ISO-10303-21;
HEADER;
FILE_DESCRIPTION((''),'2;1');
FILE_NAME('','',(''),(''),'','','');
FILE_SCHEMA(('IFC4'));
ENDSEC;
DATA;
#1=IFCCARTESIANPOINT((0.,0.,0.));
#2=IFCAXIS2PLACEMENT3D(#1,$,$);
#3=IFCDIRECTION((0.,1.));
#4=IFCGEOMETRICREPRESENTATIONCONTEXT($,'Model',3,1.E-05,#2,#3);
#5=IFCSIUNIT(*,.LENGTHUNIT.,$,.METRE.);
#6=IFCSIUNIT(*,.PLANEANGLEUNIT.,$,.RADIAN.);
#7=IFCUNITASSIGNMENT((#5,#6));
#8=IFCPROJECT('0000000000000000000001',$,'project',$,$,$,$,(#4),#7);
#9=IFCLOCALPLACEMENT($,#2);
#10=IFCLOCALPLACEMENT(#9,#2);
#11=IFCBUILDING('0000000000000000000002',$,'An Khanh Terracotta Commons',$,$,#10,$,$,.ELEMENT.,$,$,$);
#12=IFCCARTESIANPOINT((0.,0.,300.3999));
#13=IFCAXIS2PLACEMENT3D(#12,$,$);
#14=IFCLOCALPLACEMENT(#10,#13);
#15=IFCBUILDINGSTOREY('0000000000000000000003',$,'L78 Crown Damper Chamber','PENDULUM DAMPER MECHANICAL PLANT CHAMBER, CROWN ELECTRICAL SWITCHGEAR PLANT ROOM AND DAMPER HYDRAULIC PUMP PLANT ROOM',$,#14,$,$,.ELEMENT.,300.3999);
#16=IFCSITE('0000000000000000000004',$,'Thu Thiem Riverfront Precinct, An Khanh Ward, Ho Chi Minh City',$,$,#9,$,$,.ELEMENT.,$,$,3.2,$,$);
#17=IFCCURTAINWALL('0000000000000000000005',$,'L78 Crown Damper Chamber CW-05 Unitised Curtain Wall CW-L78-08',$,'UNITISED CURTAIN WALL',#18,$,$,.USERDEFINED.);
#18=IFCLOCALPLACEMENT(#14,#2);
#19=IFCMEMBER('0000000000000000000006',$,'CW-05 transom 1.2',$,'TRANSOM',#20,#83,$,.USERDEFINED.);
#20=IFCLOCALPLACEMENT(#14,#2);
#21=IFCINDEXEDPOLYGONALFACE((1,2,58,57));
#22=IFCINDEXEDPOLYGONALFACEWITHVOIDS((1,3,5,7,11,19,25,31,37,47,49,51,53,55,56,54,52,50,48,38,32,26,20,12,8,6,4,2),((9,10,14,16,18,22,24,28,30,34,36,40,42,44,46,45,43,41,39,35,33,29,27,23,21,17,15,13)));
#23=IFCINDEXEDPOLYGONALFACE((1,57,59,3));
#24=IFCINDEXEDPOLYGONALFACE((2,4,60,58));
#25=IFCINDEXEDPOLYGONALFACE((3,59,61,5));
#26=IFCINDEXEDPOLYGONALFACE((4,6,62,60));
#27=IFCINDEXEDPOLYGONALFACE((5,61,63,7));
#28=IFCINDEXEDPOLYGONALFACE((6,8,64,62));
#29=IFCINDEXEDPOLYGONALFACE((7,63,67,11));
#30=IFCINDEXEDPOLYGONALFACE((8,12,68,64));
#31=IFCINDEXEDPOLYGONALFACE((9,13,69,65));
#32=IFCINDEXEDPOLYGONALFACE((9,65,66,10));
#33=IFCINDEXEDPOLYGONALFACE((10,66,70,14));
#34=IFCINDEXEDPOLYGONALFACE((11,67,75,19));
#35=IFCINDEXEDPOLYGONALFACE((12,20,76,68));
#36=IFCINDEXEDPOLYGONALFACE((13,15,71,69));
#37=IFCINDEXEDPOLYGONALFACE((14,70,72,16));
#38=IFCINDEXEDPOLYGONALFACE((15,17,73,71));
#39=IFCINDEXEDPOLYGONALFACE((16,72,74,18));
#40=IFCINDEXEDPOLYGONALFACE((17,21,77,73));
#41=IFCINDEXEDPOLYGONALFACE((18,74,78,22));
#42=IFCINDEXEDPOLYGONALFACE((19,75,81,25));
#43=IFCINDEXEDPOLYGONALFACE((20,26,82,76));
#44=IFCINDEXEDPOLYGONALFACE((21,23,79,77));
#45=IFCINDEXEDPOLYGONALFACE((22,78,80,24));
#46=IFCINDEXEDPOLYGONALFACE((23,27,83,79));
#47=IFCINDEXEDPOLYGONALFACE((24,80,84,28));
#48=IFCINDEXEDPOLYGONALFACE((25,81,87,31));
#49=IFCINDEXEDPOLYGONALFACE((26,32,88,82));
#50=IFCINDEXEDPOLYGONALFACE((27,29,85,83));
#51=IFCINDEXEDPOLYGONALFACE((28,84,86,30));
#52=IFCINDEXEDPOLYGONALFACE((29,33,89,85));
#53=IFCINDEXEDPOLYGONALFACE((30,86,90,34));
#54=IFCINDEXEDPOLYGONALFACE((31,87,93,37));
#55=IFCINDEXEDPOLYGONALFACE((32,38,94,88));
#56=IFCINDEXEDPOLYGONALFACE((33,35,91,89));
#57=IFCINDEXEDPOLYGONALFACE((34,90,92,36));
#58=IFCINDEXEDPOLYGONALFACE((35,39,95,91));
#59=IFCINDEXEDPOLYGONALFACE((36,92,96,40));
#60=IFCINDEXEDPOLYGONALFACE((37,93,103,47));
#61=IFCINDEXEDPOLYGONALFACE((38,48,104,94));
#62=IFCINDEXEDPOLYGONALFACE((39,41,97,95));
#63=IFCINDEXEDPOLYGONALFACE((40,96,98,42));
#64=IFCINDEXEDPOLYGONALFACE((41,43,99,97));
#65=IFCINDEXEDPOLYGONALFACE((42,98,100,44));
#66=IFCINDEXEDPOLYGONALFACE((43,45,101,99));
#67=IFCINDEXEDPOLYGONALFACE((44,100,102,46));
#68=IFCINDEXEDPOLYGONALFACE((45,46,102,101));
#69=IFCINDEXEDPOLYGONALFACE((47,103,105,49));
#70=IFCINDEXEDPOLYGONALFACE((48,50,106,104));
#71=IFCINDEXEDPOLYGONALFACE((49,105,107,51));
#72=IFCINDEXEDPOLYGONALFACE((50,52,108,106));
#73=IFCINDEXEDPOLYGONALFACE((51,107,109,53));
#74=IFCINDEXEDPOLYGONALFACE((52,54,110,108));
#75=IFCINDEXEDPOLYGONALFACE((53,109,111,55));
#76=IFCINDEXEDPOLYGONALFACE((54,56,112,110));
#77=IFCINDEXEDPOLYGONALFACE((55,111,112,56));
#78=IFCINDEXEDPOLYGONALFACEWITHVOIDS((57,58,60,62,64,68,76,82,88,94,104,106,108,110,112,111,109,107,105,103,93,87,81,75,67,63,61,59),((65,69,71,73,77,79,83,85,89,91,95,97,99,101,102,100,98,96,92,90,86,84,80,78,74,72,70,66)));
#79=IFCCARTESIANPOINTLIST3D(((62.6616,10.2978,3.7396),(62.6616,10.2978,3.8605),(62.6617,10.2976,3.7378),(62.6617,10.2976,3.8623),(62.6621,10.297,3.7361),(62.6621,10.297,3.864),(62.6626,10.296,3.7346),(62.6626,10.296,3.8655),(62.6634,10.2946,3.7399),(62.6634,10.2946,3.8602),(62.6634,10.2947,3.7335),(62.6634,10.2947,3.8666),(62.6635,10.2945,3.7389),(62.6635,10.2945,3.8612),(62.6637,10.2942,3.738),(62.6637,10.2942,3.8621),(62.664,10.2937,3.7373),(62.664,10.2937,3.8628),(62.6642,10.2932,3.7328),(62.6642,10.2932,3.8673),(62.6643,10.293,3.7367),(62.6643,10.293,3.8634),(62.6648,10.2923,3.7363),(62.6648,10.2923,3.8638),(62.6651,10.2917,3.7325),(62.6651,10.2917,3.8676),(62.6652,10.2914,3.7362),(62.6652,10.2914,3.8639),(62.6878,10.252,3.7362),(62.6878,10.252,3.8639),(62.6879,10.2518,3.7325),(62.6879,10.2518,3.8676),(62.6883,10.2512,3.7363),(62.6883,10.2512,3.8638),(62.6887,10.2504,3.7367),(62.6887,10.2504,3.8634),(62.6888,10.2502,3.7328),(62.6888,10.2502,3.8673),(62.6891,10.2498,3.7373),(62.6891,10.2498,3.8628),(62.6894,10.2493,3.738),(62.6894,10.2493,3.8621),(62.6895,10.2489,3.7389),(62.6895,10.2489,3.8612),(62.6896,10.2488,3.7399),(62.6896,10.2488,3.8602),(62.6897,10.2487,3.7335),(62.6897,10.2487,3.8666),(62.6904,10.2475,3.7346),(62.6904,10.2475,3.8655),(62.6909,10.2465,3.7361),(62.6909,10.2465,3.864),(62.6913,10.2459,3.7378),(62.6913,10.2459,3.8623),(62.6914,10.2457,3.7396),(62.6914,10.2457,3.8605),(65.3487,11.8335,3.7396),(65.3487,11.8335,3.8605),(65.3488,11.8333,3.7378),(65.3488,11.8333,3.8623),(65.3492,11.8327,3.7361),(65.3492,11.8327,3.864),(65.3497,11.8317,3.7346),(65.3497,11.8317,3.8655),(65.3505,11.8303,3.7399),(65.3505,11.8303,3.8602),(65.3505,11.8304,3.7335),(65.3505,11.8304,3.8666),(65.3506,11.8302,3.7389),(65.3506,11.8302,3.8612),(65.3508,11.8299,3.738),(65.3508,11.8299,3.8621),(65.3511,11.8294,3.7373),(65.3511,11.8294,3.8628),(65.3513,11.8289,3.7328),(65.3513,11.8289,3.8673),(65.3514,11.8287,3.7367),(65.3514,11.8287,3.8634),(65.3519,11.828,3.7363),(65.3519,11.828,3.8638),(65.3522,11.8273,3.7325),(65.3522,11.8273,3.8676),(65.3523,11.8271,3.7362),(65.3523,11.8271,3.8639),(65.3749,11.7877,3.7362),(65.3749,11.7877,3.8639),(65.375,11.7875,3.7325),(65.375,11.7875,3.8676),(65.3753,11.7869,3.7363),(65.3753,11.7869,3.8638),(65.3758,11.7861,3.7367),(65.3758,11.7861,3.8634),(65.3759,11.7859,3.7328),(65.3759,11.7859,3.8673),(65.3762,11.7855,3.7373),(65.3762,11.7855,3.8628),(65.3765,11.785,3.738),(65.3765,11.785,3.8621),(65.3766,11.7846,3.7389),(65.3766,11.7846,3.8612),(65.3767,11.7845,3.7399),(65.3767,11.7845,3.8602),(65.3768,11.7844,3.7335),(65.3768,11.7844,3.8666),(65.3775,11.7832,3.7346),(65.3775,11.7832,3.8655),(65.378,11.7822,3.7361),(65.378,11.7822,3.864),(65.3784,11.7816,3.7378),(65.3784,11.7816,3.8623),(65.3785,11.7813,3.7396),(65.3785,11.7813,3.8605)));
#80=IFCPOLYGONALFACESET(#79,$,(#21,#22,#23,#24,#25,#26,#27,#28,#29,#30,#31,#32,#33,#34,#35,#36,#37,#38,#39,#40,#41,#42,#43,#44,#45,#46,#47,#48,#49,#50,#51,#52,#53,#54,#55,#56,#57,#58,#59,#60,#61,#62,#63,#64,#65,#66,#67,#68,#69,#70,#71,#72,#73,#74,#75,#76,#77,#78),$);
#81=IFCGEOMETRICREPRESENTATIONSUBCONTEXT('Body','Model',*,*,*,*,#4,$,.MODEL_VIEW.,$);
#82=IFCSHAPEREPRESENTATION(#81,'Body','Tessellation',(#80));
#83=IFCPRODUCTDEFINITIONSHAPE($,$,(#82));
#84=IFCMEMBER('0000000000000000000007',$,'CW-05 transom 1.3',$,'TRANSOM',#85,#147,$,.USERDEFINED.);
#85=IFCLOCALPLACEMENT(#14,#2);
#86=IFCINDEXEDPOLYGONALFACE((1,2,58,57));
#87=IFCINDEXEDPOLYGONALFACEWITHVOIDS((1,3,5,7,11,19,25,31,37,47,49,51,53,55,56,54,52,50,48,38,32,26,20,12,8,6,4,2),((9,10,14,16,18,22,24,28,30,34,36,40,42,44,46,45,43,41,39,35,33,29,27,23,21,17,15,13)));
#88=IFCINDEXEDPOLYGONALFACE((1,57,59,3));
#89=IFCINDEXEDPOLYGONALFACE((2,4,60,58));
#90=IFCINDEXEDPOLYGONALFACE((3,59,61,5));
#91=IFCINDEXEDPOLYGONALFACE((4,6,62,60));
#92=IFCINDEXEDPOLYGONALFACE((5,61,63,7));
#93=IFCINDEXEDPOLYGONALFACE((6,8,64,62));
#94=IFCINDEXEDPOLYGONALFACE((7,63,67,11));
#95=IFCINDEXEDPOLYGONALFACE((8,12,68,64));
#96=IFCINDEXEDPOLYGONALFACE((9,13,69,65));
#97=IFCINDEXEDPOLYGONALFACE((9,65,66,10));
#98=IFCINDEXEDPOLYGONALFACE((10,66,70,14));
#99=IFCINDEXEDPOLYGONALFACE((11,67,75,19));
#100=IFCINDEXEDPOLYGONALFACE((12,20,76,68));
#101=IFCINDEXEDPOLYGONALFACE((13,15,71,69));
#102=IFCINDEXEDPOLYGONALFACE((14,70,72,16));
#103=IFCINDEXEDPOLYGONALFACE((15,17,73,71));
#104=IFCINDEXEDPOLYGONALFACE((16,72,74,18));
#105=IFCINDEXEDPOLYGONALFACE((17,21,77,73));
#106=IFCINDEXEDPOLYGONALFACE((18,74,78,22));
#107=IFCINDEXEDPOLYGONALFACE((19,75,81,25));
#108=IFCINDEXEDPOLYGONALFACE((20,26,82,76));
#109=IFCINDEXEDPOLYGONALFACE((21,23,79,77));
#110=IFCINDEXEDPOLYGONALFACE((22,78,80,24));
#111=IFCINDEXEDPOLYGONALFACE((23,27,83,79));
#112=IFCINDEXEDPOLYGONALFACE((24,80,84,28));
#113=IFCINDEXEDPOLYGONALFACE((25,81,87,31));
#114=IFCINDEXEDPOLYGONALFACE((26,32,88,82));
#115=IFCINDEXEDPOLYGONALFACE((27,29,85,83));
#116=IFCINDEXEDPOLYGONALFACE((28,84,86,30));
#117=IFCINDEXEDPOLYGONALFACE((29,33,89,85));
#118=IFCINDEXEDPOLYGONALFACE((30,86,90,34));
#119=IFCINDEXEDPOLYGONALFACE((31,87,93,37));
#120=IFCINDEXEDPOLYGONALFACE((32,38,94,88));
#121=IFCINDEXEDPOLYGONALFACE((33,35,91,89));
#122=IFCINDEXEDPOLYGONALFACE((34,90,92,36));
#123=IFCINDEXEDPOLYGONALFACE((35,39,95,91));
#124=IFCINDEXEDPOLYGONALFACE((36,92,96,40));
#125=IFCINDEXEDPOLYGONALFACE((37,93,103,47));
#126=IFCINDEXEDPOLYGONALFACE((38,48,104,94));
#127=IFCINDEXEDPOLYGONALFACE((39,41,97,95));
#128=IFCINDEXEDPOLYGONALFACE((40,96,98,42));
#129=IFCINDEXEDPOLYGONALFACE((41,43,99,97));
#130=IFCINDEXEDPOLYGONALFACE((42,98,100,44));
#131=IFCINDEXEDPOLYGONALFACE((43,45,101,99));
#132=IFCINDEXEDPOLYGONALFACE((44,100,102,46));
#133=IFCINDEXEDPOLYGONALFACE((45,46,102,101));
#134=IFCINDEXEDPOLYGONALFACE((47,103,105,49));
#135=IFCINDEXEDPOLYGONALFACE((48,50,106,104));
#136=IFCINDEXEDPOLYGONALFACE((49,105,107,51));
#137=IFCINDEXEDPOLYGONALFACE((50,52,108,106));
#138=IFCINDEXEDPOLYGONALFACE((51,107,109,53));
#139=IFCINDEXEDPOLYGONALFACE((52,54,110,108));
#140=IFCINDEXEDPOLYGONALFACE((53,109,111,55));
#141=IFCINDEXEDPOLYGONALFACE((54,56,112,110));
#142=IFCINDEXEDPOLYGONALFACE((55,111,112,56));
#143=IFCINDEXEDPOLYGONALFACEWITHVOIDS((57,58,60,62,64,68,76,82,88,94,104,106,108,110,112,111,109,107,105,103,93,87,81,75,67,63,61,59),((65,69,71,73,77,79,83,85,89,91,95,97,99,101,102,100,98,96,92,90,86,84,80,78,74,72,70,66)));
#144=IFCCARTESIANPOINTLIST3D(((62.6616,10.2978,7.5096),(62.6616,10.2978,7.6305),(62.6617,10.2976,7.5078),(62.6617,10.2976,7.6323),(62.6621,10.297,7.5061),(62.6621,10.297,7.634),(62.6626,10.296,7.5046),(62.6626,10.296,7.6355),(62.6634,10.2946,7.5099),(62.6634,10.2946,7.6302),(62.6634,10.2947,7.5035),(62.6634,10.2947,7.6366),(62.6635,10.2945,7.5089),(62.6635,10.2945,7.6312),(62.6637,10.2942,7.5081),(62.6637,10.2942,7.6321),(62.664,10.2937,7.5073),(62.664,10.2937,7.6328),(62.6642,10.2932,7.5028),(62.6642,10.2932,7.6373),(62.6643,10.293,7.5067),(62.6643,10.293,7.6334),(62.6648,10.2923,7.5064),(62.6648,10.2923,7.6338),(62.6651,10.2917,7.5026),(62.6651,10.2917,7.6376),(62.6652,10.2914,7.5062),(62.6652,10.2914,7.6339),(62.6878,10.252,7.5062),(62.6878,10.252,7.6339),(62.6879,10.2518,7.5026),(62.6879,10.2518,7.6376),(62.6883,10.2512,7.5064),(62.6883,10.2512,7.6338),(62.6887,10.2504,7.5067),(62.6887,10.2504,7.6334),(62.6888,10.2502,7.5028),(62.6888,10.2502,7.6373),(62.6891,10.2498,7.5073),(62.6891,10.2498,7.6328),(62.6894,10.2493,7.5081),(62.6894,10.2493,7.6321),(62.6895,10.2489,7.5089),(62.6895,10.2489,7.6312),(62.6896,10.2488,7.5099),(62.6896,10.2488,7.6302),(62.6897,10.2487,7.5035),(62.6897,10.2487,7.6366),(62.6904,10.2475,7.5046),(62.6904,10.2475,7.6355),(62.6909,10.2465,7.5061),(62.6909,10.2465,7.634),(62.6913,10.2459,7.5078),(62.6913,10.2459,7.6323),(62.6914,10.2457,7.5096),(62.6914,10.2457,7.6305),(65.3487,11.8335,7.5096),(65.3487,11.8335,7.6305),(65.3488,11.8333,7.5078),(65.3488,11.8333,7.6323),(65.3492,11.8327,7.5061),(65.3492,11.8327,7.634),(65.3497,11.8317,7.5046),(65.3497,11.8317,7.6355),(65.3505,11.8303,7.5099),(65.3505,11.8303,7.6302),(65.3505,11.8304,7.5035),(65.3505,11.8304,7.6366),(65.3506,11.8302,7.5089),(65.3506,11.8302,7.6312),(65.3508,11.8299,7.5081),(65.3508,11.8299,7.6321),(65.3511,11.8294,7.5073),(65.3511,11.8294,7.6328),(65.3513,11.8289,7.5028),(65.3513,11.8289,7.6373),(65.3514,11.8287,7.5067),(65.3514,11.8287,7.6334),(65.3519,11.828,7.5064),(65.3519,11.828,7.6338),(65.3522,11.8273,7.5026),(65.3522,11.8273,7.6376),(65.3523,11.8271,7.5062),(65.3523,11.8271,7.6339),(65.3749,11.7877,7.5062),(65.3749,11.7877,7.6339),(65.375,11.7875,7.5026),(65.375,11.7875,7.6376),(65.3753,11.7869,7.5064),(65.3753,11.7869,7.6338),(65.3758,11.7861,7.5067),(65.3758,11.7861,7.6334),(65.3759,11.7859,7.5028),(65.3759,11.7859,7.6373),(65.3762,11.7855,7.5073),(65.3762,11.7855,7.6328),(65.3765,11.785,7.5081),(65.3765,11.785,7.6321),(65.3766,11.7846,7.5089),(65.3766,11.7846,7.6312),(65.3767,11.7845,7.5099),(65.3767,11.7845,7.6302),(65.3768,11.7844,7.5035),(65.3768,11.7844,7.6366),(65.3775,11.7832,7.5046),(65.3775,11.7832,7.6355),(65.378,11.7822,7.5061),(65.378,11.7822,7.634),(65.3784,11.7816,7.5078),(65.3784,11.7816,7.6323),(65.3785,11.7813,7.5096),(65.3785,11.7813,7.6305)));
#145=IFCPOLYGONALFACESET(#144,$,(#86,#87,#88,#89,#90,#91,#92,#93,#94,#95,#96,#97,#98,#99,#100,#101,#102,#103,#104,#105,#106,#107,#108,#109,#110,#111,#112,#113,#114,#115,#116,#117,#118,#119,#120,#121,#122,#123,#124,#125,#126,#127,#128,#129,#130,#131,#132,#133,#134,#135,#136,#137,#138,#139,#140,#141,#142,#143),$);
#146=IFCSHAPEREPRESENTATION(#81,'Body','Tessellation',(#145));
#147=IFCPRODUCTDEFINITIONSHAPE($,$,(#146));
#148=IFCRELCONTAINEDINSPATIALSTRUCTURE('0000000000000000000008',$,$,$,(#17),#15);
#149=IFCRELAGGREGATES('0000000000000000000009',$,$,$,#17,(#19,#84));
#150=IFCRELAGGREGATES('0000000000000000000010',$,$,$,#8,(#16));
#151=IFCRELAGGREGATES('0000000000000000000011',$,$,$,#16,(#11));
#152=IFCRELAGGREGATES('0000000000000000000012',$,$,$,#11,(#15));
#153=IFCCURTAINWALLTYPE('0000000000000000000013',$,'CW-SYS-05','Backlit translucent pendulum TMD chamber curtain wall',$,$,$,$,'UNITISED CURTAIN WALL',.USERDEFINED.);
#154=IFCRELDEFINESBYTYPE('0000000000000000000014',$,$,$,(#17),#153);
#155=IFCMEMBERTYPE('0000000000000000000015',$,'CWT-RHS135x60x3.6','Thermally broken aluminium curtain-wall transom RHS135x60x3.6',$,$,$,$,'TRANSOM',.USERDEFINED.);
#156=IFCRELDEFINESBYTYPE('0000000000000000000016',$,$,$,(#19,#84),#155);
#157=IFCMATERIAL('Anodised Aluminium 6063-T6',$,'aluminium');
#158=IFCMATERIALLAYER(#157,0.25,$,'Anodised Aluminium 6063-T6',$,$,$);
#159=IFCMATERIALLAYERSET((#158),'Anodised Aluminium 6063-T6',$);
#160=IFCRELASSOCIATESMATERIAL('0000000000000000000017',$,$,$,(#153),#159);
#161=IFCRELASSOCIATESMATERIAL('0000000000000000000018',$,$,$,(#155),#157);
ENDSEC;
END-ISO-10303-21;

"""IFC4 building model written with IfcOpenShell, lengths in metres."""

from ifc_helpers import new_model, si_unit, direction, frame, origin, origin_2d, place, context, subcontext, project, spatial, hollow_rectangle, extrude, material, layer, layer_set, material_profile, profile_set, type_object, element, aggregate, save


model = new_model("IFC4")

# Units and contexts
model_context = context("Model", 3, precision=1e-05, world=origin(), true_north=direction((0.0, 1.0)))
body_context = subcontext(model_context, "Body", "Model", "MODEL_VIEW")
ifc_project = project(units=[si_unit("LENGTHUNIT", "METRE"), si_unit("PLANEANGLEUNIT", "RADIAN")], contexts=[model_context])

# Site, building, storey
site_placement = place(None, origin())
site = spatial("IfcSite", under=ifc_project, at=site_placement, Name="Thu Thiem Riverfront Precinct, An Khanh Ward, Ho Chi Minh City", CompositionType="ELEMENT", RefElevation=3.2)
building_placement = place(site_placement, origin())
building = spatial("IfcBuilding", under=site, at=building_placement, Name="An Khanh Terracotta Commons", CompositionType="ELEMENT")
storey_placement = place(building_placement, frame((0.0, 0.0, 300.3999)))
storey = spatial("IfcBuildingStorey", under=building, at=storey_placement, Name="L78 Crown Damper Chamber", Description="PENDULUM DAMPER MECHANICAL PLANT CHAMBER, CROWN ELECTRICAL SWITCHGEAR PLANT ROOM AND DAMPER HYDRAULIC PUMP PLANT ROOM", CompositionType="ELEMENT", Elevation=300.3999)

# Shared definitions
ifc_material_1 = material(Name="Anodised Aluminium 6063-T6", Category="aluminium")
ifc_layer_1 = layer(ifc_material_1, 0.25, Name="Anodised Aluminium 6063-T6")
ifc_layer_set_1 = layer_set([ifc_layer_1], Name="Anodised Aluminium 6063-T6")
curtain_wall_type = type_object("IfcCurtainWallType", Name="CW-SYS-05", Description="Backlit translucent pendulum TMD chamber curtain wall", ElementType="UNITISED CURTAIN WALL", PredefinedType="USERDEFINED", material=ifc_layer_set_1)

# Curtain wall, members
curtain_wall_1_placement = place(storey_placement, origin())
curtain_wall_1 = element("IfcCurtainWall", 1, at=curtain_wall_1_placement, inside=storey, type_object=curtain_wall_type, Name="L78 Crown Damper Chamber CW-05 Unitised Curtain Wall CW-L78-08", ObjectType="UNITISED CURTAIN WALL", PredefinedType="USERDEFINED")
ifc_material_profile_1 = material_profile(ifc_material_1, hollow_rectangle(XDim=0.0601, YDim=0.135, WallThickness=0.0037, InnerFilletRadius=0.0037, OuterFilletRadius=0.0071, at=origin_2d()), Name="RHS135x60x3.6")
ifc_profile_set_1 = profile_set([ifc_material_profile_1], Name="Anodised Aluminium 6063-T6")
member_type_1 = type_object("IfcMemberType", Name="CWT-RHS135x60x3.6", Description="Thermally broken aluminium curtain-wall transom RHS135x60x3.6", ElementType="TRANSOM", PredefinedType="USERDEFINED", material=ifc_profile_set_1)
member_1_placement = place(storey_placement, frame((62.6765, 10.2717, 3.8), z_axis=(0.868214, 0.49619, 0.0), x_axis=(-0.49619, 0.868214, 0.0)))
member_1 = element("IfcMember", 2, at=member_1_placement, type_object=member_type_1, Name="CW-05 transom 1.2", ObjectType="TRANSOM", PredefinedType="USERDEFINED", context=body_context, shape_type="SweptSolid", body=[
    extrude(hollow_rectangle(XDim=0.0601, YDim=0.135, WallThickness=0.0037, InnerFilletRadius=0.0037, OuterFilletRadius=0.0071, at=origin_2d()), origin(), (0.0, 0.0, 1.0), 3.095),
])
member_2_placement = place(storey_placement, frame((62.6765, 10.2717, 7.5701), z_axis=(0.868214, 0.49619, 0.0), x_axis=(-0.49619, 0.868214, 0.0)))
member_2 = element("IfcMember", 3, at=member_2_placement, type_object=member_type_1, Name="CW-05 transom 1.3", ObjectType="TRANSOM", PredefinedType="USERDEFINED", context=body_context, shape_type="SweptSolid", body=[
    extrude(hollow_rectangle(XDim=0.0601, YDim=0.135, WallThickness=0.0037, InnerFilletRadius=0.0037, OuterFilletRadius=0.0071, at=origin_2d()), origin(), (0.0, 0.0, 1.0), 3.095),
])

aggregate(curtain_wall_1, [member_1, member_2])

save(model, "model.ifc")
